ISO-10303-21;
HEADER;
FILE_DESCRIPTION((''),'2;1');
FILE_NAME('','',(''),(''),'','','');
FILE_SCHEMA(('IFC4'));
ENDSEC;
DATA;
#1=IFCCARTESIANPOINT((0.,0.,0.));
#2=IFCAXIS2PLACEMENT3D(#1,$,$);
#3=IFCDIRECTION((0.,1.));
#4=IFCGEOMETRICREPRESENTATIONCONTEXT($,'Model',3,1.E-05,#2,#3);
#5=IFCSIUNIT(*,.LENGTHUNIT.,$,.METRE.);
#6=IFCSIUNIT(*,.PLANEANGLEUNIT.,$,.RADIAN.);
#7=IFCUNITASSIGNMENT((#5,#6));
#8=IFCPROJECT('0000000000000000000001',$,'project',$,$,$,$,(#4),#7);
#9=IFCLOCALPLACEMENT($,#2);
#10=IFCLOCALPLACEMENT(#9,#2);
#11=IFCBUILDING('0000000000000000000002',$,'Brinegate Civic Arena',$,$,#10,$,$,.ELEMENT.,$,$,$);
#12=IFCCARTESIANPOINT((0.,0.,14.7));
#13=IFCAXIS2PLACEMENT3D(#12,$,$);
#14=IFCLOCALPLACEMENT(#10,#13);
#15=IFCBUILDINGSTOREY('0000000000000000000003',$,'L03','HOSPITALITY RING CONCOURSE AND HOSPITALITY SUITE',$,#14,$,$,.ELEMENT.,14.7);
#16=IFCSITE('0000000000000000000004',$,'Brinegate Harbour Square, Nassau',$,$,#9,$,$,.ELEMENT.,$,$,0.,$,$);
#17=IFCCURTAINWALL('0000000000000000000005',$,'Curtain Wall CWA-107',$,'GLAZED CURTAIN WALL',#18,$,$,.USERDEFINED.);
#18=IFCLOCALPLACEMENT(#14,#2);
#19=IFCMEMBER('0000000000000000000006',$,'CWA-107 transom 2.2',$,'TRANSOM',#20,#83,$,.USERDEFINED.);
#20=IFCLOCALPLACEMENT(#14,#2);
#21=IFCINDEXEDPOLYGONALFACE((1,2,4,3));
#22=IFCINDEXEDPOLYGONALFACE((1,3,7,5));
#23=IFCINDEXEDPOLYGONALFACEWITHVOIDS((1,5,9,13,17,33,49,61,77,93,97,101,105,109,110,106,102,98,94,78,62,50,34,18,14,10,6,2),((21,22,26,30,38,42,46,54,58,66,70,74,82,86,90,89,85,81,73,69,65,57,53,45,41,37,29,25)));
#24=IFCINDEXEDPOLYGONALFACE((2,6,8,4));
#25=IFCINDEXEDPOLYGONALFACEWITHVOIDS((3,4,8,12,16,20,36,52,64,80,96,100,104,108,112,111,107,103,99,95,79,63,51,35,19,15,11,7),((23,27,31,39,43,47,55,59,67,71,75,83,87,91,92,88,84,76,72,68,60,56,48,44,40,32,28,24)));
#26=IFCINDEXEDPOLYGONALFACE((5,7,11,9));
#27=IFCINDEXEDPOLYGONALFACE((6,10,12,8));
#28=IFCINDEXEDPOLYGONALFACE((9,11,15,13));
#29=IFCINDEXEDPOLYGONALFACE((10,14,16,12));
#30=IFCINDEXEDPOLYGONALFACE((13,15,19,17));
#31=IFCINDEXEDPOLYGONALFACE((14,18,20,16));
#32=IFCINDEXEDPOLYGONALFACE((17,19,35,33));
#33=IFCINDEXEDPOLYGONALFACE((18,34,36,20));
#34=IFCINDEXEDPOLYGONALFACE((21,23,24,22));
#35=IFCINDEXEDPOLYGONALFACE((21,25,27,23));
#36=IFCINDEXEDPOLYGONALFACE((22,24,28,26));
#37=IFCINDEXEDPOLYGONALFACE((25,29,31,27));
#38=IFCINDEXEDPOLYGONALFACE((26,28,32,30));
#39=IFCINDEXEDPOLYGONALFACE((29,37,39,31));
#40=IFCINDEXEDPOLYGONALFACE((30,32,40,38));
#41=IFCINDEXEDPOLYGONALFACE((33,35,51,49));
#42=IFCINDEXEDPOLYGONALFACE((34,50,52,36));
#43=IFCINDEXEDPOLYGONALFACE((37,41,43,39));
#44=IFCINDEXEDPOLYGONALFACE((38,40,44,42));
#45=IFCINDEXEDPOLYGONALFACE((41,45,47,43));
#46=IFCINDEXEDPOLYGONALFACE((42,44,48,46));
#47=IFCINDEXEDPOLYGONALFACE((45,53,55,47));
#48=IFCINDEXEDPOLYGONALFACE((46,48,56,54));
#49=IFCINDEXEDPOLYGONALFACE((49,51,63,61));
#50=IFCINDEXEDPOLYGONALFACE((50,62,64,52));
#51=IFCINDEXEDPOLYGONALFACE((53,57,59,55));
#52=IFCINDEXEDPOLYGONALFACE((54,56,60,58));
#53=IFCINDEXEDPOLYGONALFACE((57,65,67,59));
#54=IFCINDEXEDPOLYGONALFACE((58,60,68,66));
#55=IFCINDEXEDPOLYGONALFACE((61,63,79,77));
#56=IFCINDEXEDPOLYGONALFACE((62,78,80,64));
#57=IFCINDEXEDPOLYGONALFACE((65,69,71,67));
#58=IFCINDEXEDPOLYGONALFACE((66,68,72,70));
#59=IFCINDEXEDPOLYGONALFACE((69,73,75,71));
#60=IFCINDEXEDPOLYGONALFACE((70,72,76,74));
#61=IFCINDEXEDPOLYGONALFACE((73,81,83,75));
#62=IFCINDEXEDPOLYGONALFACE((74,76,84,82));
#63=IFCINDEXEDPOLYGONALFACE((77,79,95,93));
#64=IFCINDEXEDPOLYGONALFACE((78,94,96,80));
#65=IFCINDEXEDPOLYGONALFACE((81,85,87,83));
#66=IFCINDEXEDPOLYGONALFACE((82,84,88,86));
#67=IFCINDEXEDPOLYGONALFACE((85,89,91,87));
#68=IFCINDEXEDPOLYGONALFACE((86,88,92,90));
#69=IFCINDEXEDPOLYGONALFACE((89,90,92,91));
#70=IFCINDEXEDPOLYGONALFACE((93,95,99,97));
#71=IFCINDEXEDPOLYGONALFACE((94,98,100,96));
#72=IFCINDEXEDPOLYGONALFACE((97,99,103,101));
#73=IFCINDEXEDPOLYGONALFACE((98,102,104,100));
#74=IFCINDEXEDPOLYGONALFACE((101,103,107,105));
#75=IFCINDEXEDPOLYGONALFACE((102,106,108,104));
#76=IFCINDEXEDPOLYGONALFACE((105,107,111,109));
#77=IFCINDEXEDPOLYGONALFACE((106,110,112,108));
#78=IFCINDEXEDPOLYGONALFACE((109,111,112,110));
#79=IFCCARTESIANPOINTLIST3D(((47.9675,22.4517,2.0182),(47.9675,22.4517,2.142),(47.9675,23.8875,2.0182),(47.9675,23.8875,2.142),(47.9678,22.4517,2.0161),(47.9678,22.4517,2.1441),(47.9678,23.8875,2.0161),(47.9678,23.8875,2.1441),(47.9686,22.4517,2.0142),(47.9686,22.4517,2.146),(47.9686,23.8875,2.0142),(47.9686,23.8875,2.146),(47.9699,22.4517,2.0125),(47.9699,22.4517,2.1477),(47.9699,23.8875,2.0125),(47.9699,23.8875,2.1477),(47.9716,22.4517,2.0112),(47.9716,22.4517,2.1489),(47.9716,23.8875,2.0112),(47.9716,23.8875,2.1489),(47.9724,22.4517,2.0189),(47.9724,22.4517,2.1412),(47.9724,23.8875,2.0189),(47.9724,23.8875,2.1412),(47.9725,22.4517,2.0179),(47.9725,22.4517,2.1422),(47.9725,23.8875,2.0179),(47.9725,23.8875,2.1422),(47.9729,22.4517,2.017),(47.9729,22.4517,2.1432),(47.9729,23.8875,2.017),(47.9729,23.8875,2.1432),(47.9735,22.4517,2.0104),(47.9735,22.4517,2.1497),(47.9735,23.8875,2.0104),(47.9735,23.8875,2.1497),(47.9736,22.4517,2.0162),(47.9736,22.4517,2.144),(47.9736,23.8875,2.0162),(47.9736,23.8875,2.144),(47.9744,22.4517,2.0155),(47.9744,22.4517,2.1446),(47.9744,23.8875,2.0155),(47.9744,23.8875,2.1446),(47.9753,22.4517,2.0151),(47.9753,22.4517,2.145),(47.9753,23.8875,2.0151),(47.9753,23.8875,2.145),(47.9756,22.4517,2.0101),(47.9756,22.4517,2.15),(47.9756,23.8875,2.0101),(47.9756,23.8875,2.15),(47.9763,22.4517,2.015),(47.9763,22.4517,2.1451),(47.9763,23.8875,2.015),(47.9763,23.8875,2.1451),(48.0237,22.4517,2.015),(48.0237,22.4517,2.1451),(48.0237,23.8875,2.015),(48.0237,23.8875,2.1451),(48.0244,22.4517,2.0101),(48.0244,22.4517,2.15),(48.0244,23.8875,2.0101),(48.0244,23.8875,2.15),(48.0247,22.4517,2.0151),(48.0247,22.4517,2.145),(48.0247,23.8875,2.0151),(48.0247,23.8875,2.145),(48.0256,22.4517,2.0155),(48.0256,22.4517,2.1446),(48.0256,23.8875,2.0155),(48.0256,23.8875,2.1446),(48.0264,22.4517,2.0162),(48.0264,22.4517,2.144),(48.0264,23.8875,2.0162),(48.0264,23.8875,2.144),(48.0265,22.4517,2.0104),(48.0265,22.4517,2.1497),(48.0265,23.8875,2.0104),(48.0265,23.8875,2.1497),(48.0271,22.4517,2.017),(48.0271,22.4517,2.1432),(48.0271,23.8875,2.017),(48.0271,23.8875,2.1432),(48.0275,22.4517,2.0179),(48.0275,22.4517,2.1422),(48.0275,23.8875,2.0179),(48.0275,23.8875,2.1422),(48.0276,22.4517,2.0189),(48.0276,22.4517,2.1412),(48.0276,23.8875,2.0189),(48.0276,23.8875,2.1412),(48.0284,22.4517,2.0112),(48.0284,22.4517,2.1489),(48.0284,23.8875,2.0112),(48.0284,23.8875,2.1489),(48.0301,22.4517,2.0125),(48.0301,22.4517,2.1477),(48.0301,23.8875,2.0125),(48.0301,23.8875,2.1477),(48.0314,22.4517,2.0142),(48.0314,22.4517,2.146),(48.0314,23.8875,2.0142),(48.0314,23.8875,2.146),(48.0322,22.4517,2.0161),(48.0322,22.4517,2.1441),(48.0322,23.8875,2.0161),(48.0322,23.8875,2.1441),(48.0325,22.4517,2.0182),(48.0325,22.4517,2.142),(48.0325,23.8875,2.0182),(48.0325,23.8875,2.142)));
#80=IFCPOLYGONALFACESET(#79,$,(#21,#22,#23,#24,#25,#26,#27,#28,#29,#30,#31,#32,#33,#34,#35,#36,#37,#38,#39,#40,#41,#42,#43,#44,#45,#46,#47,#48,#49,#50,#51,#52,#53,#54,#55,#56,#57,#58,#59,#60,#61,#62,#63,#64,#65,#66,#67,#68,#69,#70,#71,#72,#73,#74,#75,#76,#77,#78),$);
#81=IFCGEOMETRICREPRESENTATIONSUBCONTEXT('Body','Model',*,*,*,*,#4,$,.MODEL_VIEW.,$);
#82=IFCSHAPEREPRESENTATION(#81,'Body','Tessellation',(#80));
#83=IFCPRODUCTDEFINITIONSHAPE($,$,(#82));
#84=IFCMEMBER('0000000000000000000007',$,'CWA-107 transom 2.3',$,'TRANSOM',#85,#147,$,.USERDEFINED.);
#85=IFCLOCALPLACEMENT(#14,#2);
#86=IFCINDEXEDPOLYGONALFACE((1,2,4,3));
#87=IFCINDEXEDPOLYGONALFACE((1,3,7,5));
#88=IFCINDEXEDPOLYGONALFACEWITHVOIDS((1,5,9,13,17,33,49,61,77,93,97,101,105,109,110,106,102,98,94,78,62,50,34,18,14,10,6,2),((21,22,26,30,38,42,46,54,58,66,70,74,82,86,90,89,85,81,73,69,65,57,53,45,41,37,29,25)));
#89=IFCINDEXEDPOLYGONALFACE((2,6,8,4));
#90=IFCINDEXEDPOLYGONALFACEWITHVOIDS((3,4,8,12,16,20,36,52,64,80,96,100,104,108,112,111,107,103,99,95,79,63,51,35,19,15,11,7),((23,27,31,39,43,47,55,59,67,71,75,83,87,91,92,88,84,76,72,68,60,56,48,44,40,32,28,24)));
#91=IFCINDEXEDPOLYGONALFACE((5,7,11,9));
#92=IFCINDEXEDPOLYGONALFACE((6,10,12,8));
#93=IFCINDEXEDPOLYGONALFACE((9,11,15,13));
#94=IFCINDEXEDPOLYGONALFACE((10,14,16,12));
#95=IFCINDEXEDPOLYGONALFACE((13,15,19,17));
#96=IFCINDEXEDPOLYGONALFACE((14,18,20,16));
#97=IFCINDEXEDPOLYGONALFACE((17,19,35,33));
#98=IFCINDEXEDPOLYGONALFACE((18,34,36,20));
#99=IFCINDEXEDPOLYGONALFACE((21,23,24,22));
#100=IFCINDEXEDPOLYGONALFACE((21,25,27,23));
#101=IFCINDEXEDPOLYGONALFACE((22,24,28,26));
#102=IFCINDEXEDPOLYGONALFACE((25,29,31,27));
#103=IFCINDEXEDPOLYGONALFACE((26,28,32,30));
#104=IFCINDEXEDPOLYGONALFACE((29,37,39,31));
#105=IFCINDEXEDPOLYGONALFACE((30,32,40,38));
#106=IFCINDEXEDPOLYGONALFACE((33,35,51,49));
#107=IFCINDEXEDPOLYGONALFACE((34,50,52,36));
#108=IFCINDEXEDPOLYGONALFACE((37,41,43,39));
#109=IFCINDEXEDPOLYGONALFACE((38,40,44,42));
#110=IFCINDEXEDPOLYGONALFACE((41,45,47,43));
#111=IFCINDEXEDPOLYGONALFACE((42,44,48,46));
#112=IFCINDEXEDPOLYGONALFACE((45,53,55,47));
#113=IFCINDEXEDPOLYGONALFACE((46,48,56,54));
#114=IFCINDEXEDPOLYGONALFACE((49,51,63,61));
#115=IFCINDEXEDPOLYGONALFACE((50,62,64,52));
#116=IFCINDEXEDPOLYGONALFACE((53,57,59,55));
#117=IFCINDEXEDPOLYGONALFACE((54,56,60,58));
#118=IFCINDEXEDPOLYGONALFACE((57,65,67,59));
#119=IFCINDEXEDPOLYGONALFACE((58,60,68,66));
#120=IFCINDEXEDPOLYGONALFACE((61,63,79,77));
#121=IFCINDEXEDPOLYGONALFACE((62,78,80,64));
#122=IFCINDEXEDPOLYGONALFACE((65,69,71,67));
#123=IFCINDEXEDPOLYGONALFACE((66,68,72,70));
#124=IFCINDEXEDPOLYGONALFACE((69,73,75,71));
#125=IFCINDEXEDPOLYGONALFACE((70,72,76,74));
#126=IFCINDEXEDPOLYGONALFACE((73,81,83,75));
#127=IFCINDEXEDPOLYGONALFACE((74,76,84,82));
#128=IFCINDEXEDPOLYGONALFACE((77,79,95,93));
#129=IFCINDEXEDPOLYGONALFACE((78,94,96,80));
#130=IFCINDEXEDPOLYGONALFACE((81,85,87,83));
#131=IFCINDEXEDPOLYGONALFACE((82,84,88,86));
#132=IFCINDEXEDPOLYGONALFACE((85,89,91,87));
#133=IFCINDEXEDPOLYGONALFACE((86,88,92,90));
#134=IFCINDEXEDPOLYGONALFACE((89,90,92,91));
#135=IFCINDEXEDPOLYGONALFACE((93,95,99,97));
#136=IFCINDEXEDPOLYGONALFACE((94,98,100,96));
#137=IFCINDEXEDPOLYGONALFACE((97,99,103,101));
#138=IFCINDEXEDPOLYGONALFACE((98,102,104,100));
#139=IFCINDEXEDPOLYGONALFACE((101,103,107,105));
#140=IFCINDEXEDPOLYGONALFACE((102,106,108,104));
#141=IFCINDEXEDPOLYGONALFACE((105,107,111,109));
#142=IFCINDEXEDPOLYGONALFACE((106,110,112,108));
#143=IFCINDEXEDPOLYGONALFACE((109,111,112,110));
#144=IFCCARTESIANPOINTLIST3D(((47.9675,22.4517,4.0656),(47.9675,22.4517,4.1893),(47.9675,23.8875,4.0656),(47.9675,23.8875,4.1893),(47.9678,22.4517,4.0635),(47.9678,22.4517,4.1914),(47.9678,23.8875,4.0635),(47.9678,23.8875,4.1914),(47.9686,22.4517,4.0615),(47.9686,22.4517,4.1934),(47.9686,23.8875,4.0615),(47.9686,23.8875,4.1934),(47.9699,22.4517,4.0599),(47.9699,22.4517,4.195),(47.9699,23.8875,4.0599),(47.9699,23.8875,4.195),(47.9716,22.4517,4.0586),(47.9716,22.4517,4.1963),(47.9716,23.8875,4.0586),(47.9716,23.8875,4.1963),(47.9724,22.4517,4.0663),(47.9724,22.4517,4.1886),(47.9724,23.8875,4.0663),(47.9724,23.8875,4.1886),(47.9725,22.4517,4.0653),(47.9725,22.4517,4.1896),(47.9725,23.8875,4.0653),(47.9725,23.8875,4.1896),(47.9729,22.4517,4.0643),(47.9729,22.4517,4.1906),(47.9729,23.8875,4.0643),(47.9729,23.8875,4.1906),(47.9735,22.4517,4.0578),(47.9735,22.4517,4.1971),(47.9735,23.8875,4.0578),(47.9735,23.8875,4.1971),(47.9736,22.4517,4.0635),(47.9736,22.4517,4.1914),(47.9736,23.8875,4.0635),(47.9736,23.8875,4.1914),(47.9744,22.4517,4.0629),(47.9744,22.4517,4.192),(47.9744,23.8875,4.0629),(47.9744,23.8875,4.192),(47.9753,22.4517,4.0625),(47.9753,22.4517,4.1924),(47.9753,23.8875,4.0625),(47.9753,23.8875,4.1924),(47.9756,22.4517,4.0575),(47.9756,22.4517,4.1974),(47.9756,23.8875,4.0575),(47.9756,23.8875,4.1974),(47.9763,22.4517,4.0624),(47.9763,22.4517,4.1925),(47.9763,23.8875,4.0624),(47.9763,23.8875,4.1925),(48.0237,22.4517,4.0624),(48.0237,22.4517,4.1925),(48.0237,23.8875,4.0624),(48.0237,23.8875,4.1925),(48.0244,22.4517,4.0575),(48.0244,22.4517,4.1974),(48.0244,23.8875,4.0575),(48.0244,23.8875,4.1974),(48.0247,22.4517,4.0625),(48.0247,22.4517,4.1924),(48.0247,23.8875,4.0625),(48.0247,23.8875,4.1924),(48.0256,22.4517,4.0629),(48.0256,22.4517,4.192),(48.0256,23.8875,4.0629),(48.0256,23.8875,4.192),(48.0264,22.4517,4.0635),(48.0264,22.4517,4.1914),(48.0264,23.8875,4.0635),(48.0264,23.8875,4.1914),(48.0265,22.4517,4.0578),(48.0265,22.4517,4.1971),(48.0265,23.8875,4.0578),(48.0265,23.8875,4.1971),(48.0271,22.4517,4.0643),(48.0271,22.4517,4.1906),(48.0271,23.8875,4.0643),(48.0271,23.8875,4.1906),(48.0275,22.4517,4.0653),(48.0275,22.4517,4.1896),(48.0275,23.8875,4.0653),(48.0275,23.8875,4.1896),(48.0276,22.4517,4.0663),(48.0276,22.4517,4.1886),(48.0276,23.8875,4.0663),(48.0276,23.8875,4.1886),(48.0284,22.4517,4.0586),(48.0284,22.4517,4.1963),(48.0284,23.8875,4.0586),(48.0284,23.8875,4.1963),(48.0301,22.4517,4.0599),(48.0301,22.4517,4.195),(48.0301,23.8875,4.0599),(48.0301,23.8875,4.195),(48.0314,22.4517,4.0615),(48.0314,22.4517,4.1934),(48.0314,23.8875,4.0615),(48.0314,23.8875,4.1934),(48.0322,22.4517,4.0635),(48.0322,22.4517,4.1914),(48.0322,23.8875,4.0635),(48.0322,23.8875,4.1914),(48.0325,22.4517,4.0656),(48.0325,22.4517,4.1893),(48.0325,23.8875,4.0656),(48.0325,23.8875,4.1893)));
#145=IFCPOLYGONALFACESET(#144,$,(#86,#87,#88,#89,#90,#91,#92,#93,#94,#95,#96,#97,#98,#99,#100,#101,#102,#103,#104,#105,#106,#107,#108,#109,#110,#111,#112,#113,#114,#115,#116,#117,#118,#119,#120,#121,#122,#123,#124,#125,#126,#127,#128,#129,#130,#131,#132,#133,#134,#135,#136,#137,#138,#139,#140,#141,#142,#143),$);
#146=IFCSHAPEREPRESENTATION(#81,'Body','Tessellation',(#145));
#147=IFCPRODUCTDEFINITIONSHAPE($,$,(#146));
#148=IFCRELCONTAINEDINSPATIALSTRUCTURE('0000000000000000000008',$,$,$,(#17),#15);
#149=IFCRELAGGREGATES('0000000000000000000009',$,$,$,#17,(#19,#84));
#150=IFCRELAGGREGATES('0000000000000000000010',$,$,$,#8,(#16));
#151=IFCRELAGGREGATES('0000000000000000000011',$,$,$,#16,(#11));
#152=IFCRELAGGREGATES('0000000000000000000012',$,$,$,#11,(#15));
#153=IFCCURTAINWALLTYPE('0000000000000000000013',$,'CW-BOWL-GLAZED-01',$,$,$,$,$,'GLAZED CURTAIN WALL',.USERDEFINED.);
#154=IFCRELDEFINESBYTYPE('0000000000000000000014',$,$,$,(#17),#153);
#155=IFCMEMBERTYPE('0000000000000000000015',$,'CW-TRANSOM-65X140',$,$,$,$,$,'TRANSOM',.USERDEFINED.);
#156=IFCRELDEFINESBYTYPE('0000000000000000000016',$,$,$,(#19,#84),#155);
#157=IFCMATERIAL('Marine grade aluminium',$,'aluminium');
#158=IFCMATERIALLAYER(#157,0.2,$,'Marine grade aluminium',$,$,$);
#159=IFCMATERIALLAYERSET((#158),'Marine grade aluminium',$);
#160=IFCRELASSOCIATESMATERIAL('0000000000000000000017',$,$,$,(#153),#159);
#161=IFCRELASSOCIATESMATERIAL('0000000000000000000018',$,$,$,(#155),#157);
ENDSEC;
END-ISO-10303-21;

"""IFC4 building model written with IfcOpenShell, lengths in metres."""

from ifc_helpers import new_model, si_unit, direction, frame, origin, origin_2d, place, context, subcontext, project, spatial, hollow_rectangle, extrude, material, layer, layer_set, material_profile, profile_set, type_object, element, aggregate, save


model = new_model("IFC4")

# Units and contexts
model_context = context("Model", 3, precision=1e-05, world=origin(), true_north=direction((0.0, 1.0)))
body_context = subcontext(model_context, "Body", "Model", "MODEL_VIEW")
ifc_project = project(units=[si_unit("LENGTHUNIT", "METRE"), si_unit("PLANEANGLEUNIT", "RADIAN")], contexts=[model_context])

# Site, building, storey
site_placement = place(None, origin())
site = spatial("IfcSite", under=ifc_project, at=site_placement, Name="Brinegate Harbour Square, Nassau", CompositionType="ELEMENT", RefElevation=0.0)
building_placement = place(site_placement, origin())
building = spatial("IfcBuilding", under=site, at=building_placement, Name="Brinegate Civic Arena", CompositionType="ELEMENT")
storey_placement = place(building_placement, frame((0.0, 0.0, 14.7)))
storey = spatial("IfcBuildingStorey", under=building, at=storey_placement, Name="L03", Description="HOSPITALITY RING CONCOURSE AND HOSPITALITY SUITE", CompositionType="ELEMENT", Elevation=14.7)

# Curtain wall, members
ifc_material_1 = material(Name="Marine grade aluminium", Category="aluminium")
ifc_layer_1 = layer(ifc_material_1, 0.2, Name="Marine grade aluminium")
ifc_layer_set_1 = layer_set([ifc_layer_1], Name="Marine grade aluminium")
curtain_wall_type = type_object("IfcCurtainWallType", Name="CW-BOWL-GLAZED-01", ElementType="GLAZED CURTAIN WALL", PredefinedType="USERDEFINED", material=ifc_layer_set_1)
curtain_wall_placement = place(storey_placement, origin())
curtain_wall = element("IfcCurtainWall", 1, at=curtain_wall_placement, inside=storey, type_object=curtain_wall_type, Name="Curtain Wall CWA-107", ObjectType="GLAZED CURTAIN WALL", PredefinedType="USERDEFINED")
ifc_material_profile_1 = material_profile(ifc_material_1, hollow_rectangle(XDim=0.0649, YDim=0.1399, WallThickness=0.0049, InnerFilletRadius=0.0039, OuterFilletRadius=0.0081, at=origin_2d()), Name="TRN65X140")
ifc_profile_set_1 = profile_set([ifc_material_profile_1], Name="Marine grade aluminium")
member_type_1 = type_object("IfcMemberType", Name="CW-TRANSOM-65X140", ElementType="TRANSOM", PredefinedType="USERDEFINED", material=ifc_profile_set_1)
member_1_placement = place(storey_placement, frame((48.0, 22.4517, 2.0801), z_axis=(0.0, 1.0, 0.0), x_axis=(-1.0, 0.0, 0.0)))
member_1 = element("IfcMember", 2, at=member_1_placement, type_object=member_type_1, Name="CWA-107 transom 2.2", ObjectType="TRANSOM", PredefinedType="USERDEFINED", context=body_context, shape_type="SweptSolid", body=[
    extrude(hollow_rectangle(XDim=0.0649, YDim=0.1399, WallThickness=0.0049, InnerFilletRadius=0.0039, OuterFilletRadius=0.0081, at=origin_2d()), origin(), (0.0, 0.0, 1.0), 1.4358),
])
member_2_placement = place(storey_placement, frame((48.0, 22.4517, 4.1274), z_axis=(0.0, 1.0, 0.0), x_axis=(-1.0, 0.0, 0.0)))
member_2 = element("IfcMember", 3, at=member_2_placement, type_object=member_type_1, Name="CWA-107 transom 2.3", ObjectType="TRANSOM", PredefinedType="USERDEFINED", context=body_context, shape_type="SweptSolid", body=[
    extrude(hollow_rectangle(XDim=0.0649, YDim=0.1399, WallThickness=0.0049, InnerFilletRadius=0.0039, OuterFilletRadius=0.0081, at=origin_2d()), origin(), (0.0, 0.0, 1.0), 1.4358),
])

aggregate(curtain_wall, [member_1, member_2])

save(model, "model.ifc")
